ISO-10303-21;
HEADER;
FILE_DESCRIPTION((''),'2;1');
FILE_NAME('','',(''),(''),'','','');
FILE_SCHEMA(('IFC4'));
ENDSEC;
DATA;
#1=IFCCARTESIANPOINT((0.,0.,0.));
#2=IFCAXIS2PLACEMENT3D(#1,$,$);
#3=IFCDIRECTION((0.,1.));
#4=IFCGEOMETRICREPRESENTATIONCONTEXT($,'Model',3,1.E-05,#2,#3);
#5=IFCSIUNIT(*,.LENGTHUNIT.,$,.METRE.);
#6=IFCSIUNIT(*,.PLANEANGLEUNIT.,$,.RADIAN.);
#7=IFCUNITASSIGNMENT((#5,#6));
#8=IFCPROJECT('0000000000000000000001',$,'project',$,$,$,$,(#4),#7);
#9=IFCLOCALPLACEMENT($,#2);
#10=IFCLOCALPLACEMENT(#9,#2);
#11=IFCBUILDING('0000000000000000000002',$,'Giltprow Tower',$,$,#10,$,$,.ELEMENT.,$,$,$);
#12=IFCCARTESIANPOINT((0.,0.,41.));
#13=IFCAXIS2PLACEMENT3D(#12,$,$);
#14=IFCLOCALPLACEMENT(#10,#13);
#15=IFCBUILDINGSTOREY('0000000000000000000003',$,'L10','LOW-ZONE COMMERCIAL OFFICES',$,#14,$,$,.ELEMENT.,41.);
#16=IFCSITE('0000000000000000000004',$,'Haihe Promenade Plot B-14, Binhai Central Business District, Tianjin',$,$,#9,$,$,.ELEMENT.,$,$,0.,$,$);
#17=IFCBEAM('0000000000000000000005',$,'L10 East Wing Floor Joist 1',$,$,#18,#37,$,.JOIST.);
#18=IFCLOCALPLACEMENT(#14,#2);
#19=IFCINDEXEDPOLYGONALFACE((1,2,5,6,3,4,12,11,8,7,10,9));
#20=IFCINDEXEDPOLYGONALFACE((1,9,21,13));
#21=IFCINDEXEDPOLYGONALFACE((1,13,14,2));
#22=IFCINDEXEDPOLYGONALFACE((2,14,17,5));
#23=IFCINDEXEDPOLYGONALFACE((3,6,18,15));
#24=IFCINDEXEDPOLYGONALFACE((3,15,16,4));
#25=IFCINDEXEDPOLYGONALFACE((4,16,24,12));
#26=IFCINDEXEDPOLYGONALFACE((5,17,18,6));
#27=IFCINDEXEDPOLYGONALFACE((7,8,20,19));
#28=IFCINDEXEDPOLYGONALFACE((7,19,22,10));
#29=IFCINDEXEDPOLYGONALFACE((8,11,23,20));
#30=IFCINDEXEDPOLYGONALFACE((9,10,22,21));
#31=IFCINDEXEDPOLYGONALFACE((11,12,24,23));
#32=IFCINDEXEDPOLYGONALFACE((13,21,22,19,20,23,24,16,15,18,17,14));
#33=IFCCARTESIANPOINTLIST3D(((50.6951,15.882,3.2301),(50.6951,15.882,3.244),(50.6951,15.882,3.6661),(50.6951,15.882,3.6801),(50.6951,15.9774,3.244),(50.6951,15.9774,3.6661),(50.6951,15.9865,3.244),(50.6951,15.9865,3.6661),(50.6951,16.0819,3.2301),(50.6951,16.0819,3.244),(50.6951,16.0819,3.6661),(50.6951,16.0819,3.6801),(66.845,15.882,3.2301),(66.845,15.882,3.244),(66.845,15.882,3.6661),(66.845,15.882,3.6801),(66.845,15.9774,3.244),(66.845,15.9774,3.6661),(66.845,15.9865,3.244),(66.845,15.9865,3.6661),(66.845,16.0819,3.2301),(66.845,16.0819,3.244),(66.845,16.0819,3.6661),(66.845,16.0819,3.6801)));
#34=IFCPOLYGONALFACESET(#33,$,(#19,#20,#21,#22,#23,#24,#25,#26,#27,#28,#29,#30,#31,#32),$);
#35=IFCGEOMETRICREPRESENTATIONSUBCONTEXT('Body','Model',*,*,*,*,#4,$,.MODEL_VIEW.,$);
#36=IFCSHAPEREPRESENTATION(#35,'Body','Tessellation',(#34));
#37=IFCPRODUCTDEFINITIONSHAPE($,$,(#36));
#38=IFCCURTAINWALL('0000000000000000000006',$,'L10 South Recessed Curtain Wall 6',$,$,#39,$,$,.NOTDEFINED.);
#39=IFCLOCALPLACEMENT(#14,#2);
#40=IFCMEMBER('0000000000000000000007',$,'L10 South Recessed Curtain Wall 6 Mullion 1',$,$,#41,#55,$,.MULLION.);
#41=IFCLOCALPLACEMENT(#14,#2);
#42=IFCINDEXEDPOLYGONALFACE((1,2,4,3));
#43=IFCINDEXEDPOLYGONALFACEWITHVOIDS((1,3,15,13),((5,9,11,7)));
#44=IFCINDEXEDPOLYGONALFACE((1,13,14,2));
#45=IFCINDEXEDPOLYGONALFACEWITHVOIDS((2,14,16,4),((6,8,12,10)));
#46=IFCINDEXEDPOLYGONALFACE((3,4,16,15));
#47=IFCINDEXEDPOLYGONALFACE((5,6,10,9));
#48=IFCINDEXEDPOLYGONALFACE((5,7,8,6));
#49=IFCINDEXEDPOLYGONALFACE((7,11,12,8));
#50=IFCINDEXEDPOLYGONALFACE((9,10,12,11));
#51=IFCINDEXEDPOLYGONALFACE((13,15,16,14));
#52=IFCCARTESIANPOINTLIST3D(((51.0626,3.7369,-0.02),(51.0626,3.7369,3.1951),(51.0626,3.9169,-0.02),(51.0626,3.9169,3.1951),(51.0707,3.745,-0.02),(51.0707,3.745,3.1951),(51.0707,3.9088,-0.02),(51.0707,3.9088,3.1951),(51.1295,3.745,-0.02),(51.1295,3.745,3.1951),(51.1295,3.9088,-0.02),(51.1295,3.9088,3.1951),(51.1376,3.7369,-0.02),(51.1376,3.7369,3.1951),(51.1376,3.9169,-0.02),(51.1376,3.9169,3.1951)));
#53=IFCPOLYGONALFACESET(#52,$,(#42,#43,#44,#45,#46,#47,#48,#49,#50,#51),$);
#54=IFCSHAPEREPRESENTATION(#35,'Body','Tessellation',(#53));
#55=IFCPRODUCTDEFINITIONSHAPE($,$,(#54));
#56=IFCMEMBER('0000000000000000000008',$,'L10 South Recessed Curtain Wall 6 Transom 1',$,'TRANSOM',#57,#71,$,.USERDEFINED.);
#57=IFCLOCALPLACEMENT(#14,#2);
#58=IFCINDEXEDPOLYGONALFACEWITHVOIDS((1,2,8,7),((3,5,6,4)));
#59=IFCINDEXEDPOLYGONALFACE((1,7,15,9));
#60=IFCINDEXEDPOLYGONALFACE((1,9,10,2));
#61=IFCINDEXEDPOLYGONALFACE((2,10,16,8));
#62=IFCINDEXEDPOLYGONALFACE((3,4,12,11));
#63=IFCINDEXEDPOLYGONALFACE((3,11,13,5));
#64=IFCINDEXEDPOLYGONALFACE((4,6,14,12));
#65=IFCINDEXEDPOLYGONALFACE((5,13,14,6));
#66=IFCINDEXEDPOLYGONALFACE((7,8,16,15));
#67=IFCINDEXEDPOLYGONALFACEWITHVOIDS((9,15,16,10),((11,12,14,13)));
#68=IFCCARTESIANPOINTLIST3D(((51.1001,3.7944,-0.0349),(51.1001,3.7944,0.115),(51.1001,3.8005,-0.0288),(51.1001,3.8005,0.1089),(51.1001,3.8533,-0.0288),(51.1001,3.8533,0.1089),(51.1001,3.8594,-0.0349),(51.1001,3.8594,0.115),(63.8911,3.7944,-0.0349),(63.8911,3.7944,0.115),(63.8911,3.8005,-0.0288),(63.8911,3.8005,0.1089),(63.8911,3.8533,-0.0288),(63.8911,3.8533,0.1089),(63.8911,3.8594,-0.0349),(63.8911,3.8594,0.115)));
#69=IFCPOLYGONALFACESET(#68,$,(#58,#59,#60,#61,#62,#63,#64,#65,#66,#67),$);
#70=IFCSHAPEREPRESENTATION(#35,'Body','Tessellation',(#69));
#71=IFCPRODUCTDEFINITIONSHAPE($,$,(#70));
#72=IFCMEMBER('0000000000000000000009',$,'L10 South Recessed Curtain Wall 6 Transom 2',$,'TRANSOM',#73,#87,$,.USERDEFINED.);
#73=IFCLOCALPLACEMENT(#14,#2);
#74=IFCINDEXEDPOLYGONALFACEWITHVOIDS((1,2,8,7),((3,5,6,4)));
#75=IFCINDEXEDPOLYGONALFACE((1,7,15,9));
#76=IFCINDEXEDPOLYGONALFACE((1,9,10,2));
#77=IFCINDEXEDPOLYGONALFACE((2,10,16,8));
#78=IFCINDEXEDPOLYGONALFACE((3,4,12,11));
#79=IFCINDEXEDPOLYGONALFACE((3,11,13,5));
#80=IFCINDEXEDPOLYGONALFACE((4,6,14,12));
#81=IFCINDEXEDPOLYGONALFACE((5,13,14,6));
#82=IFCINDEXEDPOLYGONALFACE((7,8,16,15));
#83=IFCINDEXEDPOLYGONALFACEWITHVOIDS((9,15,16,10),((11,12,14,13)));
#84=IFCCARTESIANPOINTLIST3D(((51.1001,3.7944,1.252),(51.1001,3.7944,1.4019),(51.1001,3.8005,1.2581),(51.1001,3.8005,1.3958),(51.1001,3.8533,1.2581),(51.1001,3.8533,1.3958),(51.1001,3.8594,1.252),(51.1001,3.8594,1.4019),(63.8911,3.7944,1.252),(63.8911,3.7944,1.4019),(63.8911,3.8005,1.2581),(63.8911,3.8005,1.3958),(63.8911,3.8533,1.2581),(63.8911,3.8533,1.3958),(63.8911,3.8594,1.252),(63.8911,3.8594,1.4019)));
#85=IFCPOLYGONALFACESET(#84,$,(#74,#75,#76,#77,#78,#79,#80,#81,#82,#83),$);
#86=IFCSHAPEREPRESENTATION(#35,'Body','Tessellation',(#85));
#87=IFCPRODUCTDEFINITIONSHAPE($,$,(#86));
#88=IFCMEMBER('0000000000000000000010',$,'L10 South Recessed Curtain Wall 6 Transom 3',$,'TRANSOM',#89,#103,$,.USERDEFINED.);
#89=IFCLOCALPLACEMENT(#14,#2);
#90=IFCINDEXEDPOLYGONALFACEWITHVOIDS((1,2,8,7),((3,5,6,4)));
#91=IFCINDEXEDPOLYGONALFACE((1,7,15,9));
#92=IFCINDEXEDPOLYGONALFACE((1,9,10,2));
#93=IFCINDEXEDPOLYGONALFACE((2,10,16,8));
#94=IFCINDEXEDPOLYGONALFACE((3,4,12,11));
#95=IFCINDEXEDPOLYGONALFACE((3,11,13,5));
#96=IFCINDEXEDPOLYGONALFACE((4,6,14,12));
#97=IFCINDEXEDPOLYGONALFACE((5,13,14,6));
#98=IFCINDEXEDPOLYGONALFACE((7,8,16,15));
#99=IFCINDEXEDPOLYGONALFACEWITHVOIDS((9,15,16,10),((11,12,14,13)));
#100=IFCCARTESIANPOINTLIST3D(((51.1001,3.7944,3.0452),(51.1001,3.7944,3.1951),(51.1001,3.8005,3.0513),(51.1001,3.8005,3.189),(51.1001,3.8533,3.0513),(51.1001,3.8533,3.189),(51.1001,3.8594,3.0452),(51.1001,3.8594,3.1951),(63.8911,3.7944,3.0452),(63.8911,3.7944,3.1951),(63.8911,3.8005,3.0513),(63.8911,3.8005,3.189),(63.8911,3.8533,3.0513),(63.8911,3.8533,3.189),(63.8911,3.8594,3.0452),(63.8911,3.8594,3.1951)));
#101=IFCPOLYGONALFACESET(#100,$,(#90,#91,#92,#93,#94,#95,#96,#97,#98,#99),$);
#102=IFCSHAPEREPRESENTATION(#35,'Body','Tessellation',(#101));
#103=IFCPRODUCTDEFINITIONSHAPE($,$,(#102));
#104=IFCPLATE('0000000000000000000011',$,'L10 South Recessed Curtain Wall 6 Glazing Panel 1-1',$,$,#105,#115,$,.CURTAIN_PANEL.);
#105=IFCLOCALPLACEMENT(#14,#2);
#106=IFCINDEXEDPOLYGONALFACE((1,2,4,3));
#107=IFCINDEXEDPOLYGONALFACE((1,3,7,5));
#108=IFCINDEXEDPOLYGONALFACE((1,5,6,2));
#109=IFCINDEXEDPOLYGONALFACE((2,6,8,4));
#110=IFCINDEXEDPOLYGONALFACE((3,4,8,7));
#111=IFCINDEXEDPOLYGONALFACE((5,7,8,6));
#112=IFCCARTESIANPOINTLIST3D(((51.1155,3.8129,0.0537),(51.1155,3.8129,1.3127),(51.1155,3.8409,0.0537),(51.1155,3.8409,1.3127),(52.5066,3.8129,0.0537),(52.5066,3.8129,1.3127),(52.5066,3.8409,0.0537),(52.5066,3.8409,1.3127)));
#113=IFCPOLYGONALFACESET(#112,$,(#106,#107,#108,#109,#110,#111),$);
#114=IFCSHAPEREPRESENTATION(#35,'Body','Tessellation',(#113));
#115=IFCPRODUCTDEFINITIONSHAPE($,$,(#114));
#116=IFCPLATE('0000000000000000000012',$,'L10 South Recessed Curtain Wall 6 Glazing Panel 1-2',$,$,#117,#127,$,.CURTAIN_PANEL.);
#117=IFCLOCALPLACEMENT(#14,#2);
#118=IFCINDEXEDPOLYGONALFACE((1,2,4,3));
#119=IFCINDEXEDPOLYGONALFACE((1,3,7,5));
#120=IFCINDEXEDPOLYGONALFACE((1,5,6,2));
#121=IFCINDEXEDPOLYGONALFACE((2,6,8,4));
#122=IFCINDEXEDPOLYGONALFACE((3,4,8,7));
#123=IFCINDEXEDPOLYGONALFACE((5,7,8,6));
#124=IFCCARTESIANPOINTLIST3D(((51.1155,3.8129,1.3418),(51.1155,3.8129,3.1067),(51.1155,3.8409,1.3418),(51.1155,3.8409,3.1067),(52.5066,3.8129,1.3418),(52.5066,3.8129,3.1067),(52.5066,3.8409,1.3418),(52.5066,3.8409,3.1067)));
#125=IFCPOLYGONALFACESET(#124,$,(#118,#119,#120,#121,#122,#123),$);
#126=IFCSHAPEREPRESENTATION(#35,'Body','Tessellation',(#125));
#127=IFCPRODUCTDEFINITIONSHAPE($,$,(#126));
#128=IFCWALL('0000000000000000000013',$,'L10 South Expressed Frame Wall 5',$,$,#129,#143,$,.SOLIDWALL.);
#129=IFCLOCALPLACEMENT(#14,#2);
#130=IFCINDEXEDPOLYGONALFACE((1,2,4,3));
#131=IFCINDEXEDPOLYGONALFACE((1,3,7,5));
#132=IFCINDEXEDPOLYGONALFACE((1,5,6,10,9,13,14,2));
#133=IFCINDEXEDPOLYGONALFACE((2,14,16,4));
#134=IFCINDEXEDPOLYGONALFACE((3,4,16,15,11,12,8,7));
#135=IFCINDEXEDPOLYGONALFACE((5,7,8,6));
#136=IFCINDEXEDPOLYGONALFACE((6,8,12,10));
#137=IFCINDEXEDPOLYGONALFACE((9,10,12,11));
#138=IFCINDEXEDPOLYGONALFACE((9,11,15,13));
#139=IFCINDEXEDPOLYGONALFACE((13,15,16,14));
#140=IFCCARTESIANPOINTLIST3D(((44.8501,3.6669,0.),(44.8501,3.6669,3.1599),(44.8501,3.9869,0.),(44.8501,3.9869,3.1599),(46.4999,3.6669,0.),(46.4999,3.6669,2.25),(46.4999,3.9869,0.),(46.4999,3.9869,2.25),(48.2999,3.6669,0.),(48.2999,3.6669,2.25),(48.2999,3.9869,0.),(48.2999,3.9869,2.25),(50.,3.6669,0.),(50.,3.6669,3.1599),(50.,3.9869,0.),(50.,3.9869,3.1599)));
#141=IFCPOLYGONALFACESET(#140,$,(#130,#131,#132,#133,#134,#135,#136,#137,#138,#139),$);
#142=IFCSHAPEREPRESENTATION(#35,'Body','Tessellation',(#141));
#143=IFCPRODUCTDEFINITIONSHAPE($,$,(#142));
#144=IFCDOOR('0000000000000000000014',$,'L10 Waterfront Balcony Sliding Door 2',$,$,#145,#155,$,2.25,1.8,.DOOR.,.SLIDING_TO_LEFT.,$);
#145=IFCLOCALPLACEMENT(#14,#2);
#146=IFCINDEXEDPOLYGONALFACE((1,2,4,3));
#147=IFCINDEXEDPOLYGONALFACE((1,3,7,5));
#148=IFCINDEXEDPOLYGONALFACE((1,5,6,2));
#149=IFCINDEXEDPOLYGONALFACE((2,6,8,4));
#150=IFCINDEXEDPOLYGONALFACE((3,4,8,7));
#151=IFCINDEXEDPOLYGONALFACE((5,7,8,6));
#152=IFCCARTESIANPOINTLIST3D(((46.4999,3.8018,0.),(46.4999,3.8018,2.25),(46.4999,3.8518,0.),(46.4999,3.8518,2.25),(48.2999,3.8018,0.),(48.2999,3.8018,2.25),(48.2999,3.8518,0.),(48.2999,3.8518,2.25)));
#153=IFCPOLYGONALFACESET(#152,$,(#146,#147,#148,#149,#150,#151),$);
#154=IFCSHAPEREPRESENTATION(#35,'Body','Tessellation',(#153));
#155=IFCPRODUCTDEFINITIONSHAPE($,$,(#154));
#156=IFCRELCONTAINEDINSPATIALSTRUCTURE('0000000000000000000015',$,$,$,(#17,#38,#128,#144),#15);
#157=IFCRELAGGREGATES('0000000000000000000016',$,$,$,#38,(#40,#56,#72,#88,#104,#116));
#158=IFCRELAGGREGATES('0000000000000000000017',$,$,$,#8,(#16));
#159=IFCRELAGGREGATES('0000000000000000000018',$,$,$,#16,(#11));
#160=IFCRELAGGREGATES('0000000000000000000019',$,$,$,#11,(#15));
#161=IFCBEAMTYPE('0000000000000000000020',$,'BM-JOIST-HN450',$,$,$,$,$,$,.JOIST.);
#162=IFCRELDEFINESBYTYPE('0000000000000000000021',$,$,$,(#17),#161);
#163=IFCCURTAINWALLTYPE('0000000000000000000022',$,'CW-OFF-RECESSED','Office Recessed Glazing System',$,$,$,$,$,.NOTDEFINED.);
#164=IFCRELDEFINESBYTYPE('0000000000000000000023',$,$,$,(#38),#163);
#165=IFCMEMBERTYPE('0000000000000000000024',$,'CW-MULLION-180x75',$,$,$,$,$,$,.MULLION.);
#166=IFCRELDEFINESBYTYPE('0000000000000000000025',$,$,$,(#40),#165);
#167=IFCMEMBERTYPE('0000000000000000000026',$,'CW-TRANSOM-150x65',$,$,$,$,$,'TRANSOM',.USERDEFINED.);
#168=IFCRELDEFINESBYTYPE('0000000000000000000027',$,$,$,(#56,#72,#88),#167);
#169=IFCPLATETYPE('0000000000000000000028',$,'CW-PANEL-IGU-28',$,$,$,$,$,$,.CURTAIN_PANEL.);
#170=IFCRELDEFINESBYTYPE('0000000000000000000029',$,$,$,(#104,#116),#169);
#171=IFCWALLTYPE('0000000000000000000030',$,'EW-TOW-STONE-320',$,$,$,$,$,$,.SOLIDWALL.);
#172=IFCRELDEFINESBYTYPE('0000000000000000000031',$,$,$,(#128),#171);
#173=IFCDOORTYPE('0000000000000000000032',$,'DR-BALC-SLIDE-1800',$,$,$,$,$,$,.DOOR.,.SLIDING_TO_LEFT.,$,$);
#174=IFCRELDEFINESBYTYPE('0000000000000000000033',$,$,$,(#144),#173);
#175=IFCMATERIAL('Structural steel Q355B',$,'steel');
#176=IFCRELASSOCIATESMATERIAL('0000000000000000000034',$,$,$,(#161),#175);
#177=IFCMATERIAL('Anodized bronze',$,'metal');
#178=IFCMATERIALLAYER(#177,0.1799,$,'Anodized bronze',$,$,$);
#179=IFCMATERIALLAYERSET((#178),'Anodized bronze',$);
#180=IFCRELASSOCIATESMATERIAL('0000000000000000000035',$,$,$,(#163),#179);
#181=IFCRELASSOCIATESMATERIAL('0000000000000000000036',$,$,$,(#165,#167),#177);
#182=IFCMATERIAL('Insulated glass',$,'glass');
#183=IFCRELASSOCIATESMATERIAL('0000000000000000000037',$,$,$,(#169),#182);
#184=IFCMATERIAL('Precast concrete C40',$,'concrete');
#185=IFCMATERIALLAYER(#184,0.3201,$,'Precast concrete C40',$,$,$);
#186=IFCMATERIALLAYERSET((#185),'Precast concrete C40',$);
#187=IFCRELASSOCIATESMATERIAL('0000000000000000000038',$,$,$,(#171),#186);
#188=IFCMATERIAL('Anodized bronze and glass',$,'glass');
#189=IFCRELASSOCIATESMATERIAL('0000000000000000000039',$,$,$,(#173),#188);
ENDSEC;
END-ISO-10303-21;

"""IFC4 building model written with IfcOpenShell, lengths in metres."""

from ifc_helpers import new_model, si_unit, direction, frame, frame_2d, origin, origin_2d, place, context, subcontext, project, spatial, rectangle, hollow_rectangle, i_section, extrude, source, transform, mapped, material, layer, layer_set, material_profile, profile_set, type_object, element, fill, aggregate, save


model = new_model("IFC4")

# Units and contexts
model_context = context("Model", 3, precision=1e-05, world=origin(), true_north=direction((0.0, 1.0)))
body_context = subcontext(model_context, "Body", "Model", "MODEL_VIEW")
ifc_project = project(units=[si_unit("LENGTHUNIT", "METRE"), si_unit("PLANEANGLEUNIT", "RADIAN")], contexts=[model_context])

# Site, building, storey
site_placement = place(None, origin())
site = spatial("IfcSite", under=ifc_project, at=site_placement, Name="Haihe Promenade Plot B-14, Binhai Central Business District, Tianjin", CompositionType="ELEMENT", RefElevation=0.0)
building_placement = place(site_placement, origin())
building = spatial("IfcBuilding", under=site, at=building_placement, Name="Giltprow Tower", CompositionType="ELEMENT")
storey_placement = place(building_placement, frame((0.0, 0.0, 41.0)))
storey = spatial("IfcBuildingStorey", under=building, at=storey_placement, Name="L10", Description="LOW-ZONE COMMERCIAL OFFICES", CompositionType="ELEMENT", Elevation=41.0)

# Beam
ifc_material_1 = material(Name="Structural steel Q355B", Category="steel")
ifc_material_profile_1 = material_profile(ifc_material_1, i_section(OverallWidth=0.2, OverallDepth=0.45, WebThickness=0.009, FlangeThickness=0.0139, at=origin_2d()), Name="HN 450x200x9x14")
ifc_profile_set_1 = profile_set([ifc_material_profile_1], Name="Structural steel Q355B")
beam_type_1 = type_object("IfcBeamType", Name="BM-JOIST-HN450", PredefinedType="JOIST", material=ifc_profile_set_1)
shared_shape_1 = source(origin(), body_context, "Body", "SweptSolid", [
    extrude(i_section(OverallWidth=0.2, OverallDepth=0.45, WebThickness=0.009, FlangeThickness=0.0139, at=origin_2d()), origin(), (0.0, 0.0, 1.0), 16.1499),
])
beam_1_placement = place(storey_placement, frame((50.6951, 15.9819, 3.4551), z_axis=(1.0, 0.0, 0.0), x_axis=(0.0, 1.0, 0.0)))
element("IfcBeam", 1, at=beam_1_placement, inside=storey, type_object=beam_type_1, Name="L10 East Wing Floor Joist 1", PredefinedType="JOIST", context=body_context, shape_type="MappedRepresentation", body=[
    mapped(shared_shape_1, transform((0.0, 0.0, 0.0), x_axis=(1.0, 0.0, 0.0), y_axis=(0.0, 1.0, 0.0), z_axis=(0.0, 0.0, 1.0), scale=1.0)),
])

# Curtain wall, members, plates
ifc_material_2 = material(Name="Anodized bronze", Category="metal")
ifc_layer_1 = layer(ifc_material_2, 0.1799, Name="Anodized bronze")
ifc_layer_set_1 = layer_set([ifc_layer_1], Name="Anodized bronze")
curtain_wall_type = type_object("IfcCurtainWallType", Name="CW-OFF-RECESSED", Description="Office Recessed Glazing System", PredefinedType="NOTDEFINED", material=ifc_layer_set_1)
curtain_wall_placement = place(storey_placement, origin())
curtain_wall = element("IfcCurtainWall", 2, at=curtain_wall_placement, inside=storey, type_object=curtain_wall_type, Name="L10 South Recessed Curtain Wall 6", PredefinedType="NOTDEFINED")
ifc_material_profile_2 = material_profile(ifc_material_2, hollow_rectangle(XDim=0.075, YDim=0.1799, WallThickness=0.0081, at=origin_2d()), Name="RHS 180x75x8")
ifc_profile_set_2 = profile_set([ifc_material_profile_2], Name="Anodized bronze")
member_type_1 = type_object("IfcMemberType", Name="CW-MULLION-180x75", PredefinedType="MULLION", material=ifc_profile_set_2)
shared_shape_2 = source(origin(), body_context, "Body", "SweptSolid", [
    extrude(hollow_rectangle(XDim=0.075, YDim=0.1799, WallThickness=0.0081, at=origin_2d()), origin(), (0.0, 0.0, 1.0), 3.2151),
])
member_1_placement = place(storey_placement, frame((51.1001, 3.8269, -0.02), z_axis=(0.0, 0.0, 1.0), x_axis=(1.0, 0.0, 0.0)))
member_1 = element("IfcMember", 3, at=member_1_placement, type_object=member_type_1, Name="L10 South Recessed Curtain Wall 6 Mullion 1", PredefinedType="MULLION", context=body_context, shape_type="MappedRepresentation", body=[
    mapped(shared_shape_2, transform((0.0, 0.0, 0.0), x_axis=(1.0, 0.0, 0.0), y_axis=(0.0, 1.0, 0.0), z_axis=(0.0, 0.0, 1.0), scale=1.0)),
])
ifc_material_profile_3 = material_profile(ifc_material_2, hollow_rectangle(XDim=0.0649, YDim=0.1499, WallThickness=0.0061, at=origin_2d()), Name="RHS 150x65x6")
ifc_profile_set_3 = profile_set([ifc_material_profile_3], Name="Anodized bronze")
member_type_2 = type_object("IfcMemberType", Name="CW-TRANSOM-150x65", ElementType="TRANSOM", PredefinedType="USERDEFINED", material=ifc_profile_set_3)
shared_shape_3 = source(origin(), body_context, "Body", "SweptSolid", [
    extrude(hollow_rectangle(XDim=0.0649, YDim=0.1499, WallThickness=0.0061, at=origin_2d()), origin(), (0.0, 0.0, 1.0), 12.791),
])
member_2_placement = place(storey_placement, frame((51.1001, 3.8269, 0.04), z_axis=(1.0, 0.0, 0.0), x_axis=(0.0, 1.0, 0.0)))
member_2 = element("IfcMember", 4, at=member_2_placement, type_object=member_type_2, Name="L10 South Recessed Curtain Wall 6 Transom 1", ObjectType="TRANSOM", PredefinedType="USERDEFINED", context=body_context, shape_type="MappedRepresentation", body=[
    mapped(shared_shape_3, transform((0.0, 0.0, 0.0), x_axis=(1.0, 0.0, 0.0), y_axis=(0.0, 1.0, 0.0), z_axis=(0.0, 0.0, 1.0), scale=1.0)),
])
member_3_placement = place(storey_placement, frame((51.1001, 3.8269, 1.3269), z_axis=(1.0, 0.0, 0.0), x_axis=(0.0, 1.0, 0.0)))
member_3 = element("IfcMember", 5, at=member_3_placement, type_object=member_type_2, Name="L10 South Recessed Curtain Wall 6 Transom 2", ObjectType="TRANSOM", PredefinedType="USERDEFINED", context=body_context, shape_type="MappedRepresentation", body=[
    mapped(shared_shape_3, transform((0.0, 0.0, 0.0), x_axis=(1.0, 0.0, 0.0), y_axis=(0.0, 1.0, 0.0), z_axis=(0.0, 0.0, 1.0), scale=1.0)),
])
member_4_placement = place(storey_placement, frame((51.1001, 3.8269, 3.1201), z_axis=(1.0, 0.0, 0.0), x_axis=(0.0, 1.0, 0.0)))
member_4 = element("IfcMember", 6, at=member_4_placement, type_object=member_type_2, Name="L10 South Recessed Curtain Wall 6 Transom 3", ObjectType="TRANSOM", PredefinedType="USERDEFINED", context=body_context, shape_type="MappedRepresentation", body=[
    mapped(shared_shape_3, transform((0.0, 0.0, 0.0), x_axis=(1.0, 0.0, 0.0), y_axis=(0.0, 1.0, 0.0), z_axis=(0.0, 0.0, 1.0), scale=1.0)),
])
ifc_material_3 = material(Name="Insulated glass", Category="glass")
plate_type = type_object("IfcPlateType", Name="CW-PANEL-IGU-28", PredefinedType="CURTAIN_PANEL", material=ifc_material_3)
shared_shape_4 = source(origin(), body_context, "Body", "SweptSolid", [
    extrude(rectangle(XDim=1.3911, YDim=0.0281, at=origin_2d()), origin(), (0.0, 0.0, 1.0), 1.259),
])
plate_1_placement = place(storey_placement, frame((51.811, 3.8269, 0.0537), z_axis=(0.0, 0.0, 1.0), x_axis=(1.0, 0.0, 0.0)))
plate_1 = element("IfcPlate", 7, at=plate_1_placement, type_object=plate_type, Name="L10 South Recessed Curtain Wall 6 Glazing Panel 1-1", PredefinedType="CURTAIN_PANEL", context=body_context, shape_type="MappedRepresentation", body=[
    mapped(shared_shape_4, transform((0.0, 0.0, 0.0), x_axis=(1.0, 0.0, 0.0), y_axis=(0.0, 1.0, 0.0), z_axis=(0.0, 0.0, 1.0), scale=1.0)),
])
shared_shape_5 = source(origin(), body_context, "Body", "SweptSolid", [
    extrude(rectangle(XDim=1.3911, YDim=0.0281, at=origin_2d()), origin(), (0.0, 0.0, 1.0), 1.7649),
])
plate_2_placement = place(storey_placement, frame((51.811, 3.8269, 1.3418), z_axis=(0.0, 0.0, 1.0), x_axis=(1.0, 0.0, 0.0)))
plate_2 = element("IfcPlate", 8, at=plate_2_placement, type_object=plate_type, Name="L10 South Recessed Curtain Wall 6 Glazing Panel 1-2", PredefinedType="CURTAIN_PANEL", context=body_context, shape_type="MappedRepresentation", body=[
    mapped(shared_shape_5, transform((0.0, 0.0, 0.0), x_axis=(1.0, 0.0, 0.0), y_axis=(0.0, 1.0, 0.0), z_axis=(0.0, 0.0, 1.0), scale=1.0)),
])
aggregate(curtain_wall, [member_1, member_2, member_3, member_4, plate_1, plate_2])

# Wall, opening, door
ifc_material_4 = material(Name="Precast concrete C40", Category="concrete")
ifc_layer_2 = layer(ifc_material_4, 0.3201, Name="Precast concrete C40")
ifc_layer_set_2 = layer_set([ifc_layer_2], Name="Precast concrete C40")
wall_type = type_object("IfcWallType", Name="EW-TOW-STONE-320", PredefinedType="SOLIDWALL", material=ifc_layer_set_2)
wall_placement = place(storey_placement, frame((44.8501, 3.8269, 0.0), z_axis=(0.0, 0.0, 1.0), x_axis=(1.0, 0.0, 0.0)))
wall = element("IfcWall", 9, at=wall_placement, inside=storey, type_object=wall_type, Name="L10 South Expressed Frame Wall 5", PredefinedType="SOLIDWALL", context=body_context, shape_type="SweptSolid", body=[
    extrude(rectangle(XDim=5.1499, YDim=0.3201, at=frame_2d((2.575, 0.0))), origin(), (0.0, 0.0, 1.0), 3.1599),
])
opening_placement = place(wall_placement, frame((1.6499, 0.0, 0.0)))
opening = element("IfcOpeningElement", 10, at=opening_placement, cuts=wall, PredefinedType="OPENING", context=body_context, shape_type="SweptSolid", body=[
    extrude(rectangle(XDim=1.8, YDim=2.25, at=frame_2d((0.8999, 1.125))), frame((0.0, 0.1699, 0.0), z_axis=(0.0, -1.0, 0.0), x_axis=(1.0, 0.0, 0.0)), (0.0, 0.0, 1.0), 0.3401),
])
ifc_material_5 = material(Name="Anodized bronze and glass", Category="glass")
door_type = type_object("IfcDoorType", Name="DR-BALC-SLIDE-1800", OperationType="SLIDING_TO_LEFT", PredefinedType="DOOR", material=ifc_material_5)
shared_shape_6 = source(origin(), body_context, "Body", "SweptSolid", [
    extrude(rectangle(XDim=1.8, YDim=2.25, at=frame_2d((0.8999, 1.125))), frame((0.0, 0.0249, 0.0), z_axis=(0.0, -1.0, 0.0), x_axis=(1.0, 0.0, 0.0)), (0.0, 0.0, 1.0), 0.05),
])
door_placement = place(opening_placement, origin())
door = element("IfcDoor", 11, at=door_placement, inside=storey, type_object=door_type, Name="L10 Waterfront Balcony Sliding Door 2", OperationType="SLIDING_TO_LEFT", OverallHeight=2.25, OverallWidth=1.8, PredefinedType="DOOR", context=body_context, shape_type="MappedRepresentation", body=[
    mapped(shared_shape_6, transform((0.0, 0.0, 0.0), x_axis=(1.0, 0.0, 0.0), y_axis=(0.0, 1.0, 0.0), z_axis=(0.0, 0.0, 1.0), scale=1.0)),
])
fill(opening, door)

save(model, "model.ifc")
